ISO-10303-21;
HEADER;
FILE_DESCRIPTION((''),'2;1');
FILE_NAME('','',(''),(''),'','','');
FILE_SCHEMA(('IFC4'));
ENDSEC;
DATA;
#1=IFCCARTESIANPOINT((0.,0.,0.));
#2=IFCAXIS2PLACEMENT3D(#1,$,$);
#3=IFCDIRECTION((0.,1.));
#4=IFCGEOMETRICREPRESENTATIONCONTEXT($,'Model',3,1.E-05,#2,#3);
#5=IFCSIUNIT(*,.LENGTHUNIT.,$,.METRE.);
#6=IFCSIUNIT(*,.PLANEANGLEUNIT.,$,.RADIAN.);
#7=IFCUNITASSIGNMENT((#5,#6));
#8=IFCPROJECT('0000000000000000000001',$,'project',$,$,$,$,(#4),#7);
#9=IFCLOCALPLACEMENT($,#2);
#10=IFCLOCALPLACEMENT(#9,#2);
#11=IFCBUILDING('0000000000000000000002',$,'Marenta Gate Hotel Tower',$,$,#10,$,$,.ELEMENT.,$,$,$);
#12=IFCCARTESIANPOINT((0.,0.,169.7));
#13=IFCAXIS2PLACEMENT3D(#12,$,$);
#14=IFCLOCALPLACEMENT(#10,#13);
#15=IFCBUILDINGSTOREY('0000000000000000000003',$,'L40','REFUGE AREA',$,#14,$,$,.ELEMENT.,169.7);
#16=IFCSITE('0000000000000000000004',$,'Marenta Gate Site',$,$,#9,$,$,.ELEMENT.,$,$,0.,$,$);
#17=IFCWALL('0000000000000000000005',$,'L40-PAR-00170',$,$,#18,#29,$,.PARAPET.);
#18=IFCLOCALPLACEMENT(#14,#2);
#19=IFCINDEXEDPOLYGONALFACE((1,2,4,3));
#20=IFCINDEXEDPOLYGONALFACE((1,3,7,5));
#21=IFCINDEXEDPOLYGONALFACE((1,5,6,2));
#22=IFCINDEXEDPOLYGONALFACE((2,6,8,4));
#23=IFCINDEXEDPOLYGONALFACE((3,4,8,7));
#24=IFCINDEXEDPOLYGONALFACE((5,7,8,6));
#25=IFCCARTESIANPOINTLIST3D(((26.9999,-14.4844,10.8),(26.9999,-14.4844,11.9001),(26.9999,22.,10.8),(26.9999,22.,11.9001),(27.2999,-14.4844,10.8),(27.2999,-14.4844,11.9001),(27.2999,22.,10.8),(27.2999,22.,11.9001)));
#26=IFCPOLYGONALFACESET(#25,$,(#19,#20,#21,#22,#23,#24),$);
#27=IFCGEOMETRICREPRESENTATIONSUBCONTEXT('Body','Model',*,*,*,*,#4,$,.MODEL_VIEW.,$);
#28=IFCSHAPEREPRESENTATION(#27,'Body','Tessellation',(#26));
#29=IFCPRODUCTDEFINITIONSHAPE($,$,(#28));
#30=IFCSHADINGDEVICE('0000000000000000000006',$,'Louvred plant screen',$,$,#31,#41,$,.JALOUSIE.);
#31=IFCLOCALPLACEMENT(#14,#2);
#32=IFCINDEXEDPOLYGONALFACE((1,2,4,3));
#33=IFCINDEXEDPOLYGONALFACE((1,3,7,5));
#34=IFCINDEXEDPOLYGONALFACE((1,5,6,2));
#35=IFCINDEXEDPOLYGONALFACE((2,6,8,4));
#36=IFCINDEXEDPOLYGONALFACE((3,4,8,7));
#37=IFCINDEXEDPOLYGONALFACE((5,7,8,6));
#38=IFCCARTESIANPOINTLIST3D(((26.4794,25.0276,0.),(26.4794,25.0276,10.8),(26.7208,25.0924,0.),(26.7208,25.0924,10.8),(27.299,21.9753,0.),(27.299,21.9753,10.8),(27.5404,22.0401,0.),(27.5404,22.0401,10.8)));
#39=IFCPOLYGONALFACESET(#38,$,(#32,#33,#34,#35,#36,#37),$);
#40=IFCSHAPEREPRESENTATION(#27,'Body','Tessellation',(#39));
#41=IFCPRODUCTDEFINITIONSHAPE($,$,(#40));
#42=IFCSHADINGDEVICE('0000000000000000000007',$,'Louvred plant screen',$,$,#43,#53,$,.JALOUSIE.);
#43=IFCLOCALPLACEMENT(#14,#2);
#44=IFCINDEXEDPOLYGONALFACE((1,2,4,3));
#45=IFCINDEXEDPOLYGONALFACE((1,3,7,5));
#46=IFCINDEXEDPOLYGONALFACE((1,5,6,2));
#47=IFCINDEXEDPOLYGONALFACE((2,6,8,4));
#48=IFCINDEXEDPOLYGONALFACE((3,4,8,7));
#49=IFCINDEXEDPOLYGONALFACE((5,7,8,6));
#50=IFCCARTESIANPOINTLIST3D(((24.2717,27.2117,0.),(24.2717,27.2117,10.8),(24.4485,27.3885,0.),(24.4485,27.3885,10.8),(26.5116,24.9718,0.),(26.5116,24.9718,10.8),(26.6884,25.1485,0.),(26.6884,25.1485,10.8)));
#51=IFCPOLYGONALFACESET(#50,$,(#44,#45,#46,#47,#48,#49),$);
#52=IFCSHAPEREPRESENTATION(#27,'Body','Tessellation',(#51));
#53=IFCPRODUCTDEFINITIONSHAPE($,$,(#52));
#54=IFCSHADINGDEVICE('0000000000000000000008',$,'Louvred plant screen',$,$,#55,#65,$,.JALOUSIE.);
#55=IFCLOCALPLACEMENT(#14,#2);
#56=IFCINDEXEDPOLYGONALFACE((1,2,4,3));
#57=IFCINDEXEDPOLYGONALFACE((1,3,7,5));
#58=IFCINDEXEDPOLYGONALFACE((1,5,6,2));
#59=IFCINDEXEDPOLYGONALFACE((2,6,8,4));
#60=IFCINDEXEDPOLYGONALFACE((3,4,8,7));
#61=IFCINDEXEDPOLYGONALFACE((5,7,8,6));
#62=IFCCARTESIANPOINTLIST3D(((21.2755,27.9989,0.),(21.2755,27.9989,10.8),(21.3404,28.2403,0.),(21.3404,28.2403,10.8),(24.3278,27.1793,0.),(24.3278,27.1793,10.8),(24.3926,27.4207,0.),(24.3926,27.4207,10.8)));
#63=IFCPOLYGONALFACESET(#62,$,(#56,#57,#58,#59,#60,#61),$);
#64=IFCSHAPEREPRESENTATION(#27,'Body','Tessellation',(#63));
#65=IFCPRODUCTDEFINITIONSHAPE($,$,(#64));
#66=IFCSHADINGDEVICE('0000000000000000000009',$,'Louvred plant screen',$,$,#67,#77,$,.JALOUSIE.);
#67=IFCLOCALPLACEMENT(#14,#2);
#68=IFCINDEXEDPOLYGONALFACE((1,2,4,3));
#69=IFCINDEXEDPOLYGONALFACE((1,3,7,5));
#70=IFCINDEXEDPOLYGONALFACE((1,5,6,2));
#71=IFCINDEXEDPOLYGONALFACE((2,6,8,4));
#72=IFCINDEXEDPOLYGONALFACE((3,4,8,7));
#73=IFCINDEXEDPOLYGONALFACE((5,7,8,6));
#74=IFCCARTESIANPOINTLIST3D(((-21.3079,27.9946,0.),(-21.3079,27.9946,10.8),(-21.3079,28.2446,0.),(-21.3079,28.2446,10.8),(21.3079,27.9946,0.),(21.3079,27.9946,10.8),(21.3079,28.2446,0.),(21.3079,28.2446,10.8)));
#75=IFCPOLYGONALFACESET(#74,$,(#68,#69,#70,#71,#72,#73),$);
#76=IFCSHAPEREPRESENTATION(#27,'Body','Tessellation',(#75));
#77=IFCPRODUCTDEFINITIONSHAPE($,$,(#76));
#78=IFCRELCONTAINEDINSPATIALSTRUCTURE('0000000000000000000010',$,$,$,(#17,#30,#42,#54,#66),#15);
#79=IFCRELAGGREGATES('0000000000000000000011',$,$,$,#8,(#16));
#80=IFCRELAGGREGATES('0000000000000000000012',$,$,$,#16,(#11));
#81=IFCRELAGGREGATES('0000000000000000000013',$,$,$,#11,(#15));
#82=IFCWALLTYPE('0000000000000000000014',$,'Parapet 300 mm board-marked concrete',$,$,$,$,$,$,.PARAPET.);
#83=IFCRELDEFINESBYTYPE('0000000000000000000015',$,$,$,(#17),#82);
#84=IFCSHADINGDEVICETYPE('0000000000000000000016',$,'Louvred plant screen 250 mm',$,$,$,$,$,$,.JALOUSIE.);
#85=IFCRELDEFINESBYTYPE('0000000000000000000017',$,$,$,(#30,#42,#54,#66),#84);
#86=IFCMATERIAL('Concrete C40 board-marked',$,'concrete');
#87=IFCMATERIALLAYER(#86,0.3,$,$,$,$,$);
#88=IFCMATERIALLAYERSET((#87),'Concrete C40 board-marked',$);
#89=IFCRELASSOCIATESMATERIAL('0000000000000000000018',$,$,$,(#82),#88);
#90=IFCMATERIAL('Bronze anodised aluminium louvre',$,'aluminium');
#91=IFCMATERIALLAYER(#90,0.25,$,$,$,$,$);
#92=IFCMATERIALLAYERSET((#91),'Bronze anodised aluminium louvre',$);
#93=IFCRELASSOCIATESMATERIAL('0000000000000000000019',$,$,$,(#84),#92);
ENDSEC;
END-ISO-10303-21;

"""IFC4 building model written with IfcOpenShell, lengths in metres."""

from ifc_helpers import new_model, si_unit, direction, frame, frame_2d, origin, place, context, subcontext, project, spatial, rectangle, extrude, material, layer, layer_set, type_object, element, save


model = new_model("IFC4")

# Units and contexts
model_context = context("Model", 3, precision=1e-05, world=origin(), true_north=direction((0.0, 1.0)))
body_context = subcontext(model_context, "Body", "Model", "MODEL_VIEW")
ifc_project = project(units=[si_unit("LENGTHUNIT", "METRE"), si_unit("PLANEANGLEUNIT", "RADIAN")], contexts=[model_context])

# Site, building, storey
site_placement = place(None, origin())
site = spatial("IfcSite", under=ifc_project, at=site_placement, Name="Marenta Gate Site", CompositionType="ELEMENT", RefElevation=0.0)
building_placement = place(site_placement, origin())
building = spatial("IfcBuilding", under=site, at=building_placement, Name="Marenta Gate Hotel Tower", CompositionType="ELEMENT")
storey_placement = place(building_placement, frame((0.0, 0.0, 169.7)))
storey = spatial("IfcBuildingStorey", under=building, at=storey_placement, Name="L40", Description="REFUGE AREA", CompositionType="ELEMENT", Elevation=169.7)

# Wall
ifc_material_1 = material(Name="Concrete C40 board-marked", Category="concrete")
ifc_layer_1 = layer(ifc_material_1, 0.3)
ifc_layer_set_1 = layer_set([ifc_layer_1], Name="Concrete C40 board-marked")
wall_type = type_object("IfcWallType", Name="Parapet 300 mm board-marked concrete", PredefinedType="PARAPET", material=ifc_layer_set_1)
wall_1_placement = place(storey_placement, frame((27.1499, 22.0, 10.8), z_axis=(0.0, 0.0, 1.0), x_axis=(0.0, -1.0, 0.0)))
element("IfcWall", 1, at=wall_1_placement, inside=storey, type_object=wall_type, Name="L40-PAR-00170", PredefinedType="PARAPET", context=body_context, shape_type="SweptSolid", body=[
    extrude(rectangle(XDim=36.4844, YDim=0.3, at=frame_2d((18.2422, 0.0))), origin(), (0.0, 0.0, 1.0), 1.1001),
])

# Shading devices
ifc_material_2 = material(Name="Bronze anodised aluminium louvre", Category="aluminium")
ifc_layer_2 = layer(ifc_material_2, 0.25)
ifc_layer_set_2 = layer_set([ifc_layer_2], Name="Bronze anodised aluminium louvre")
shading_device_type = type_object("IfcShadingDeviceType", Name="Louvred plant screen 250 mm", PredefinedType="JALOUSIE", material=ifc_layer_set_2)
shading_device_1_placement = place(storey_placement, frame((27.4197, 22.0078, 0.0), z_axis=(0.0, 0.0, 1.0), x_axis=(-0.259331, 0.965789, 0.0)))
element("IfcShadingDevice", 2, at=shading_device_1_placement, inside=storey, type_object=shading_device_type, Name="Louvred plant screen", PredefinedType="JALOUSIE", context=body_context, shape_type="SweptSolid", body=[
    extrude(rectangle(XDim=3.1604, YDim=0.25, at=frame_2d((1.5801, 0.0))), origin(), (0.0, 0.0, 1.0), 10.8),
])
shading_device_2_placement = place(storey_placement, frame((26.6001, 25.0601, 0.0), z_axis=(0.0, 0.0, 1.0), x_axis=(-0.707107, 0.707107, 0.0)))
element("IfcShadingDevice", 3, at=shading_device_2_placement, inside=storey, type_object=shading_device_type, Name="Louvred plant screen", PredefinedType="JALOUSIE", context=body_context, shape_type="SweptSolid", body=[
    extrude(rectangle(XDim=3.1677, YDim=0.25, at=frame_2d((1.584, 0.0))), origin(), (0.0, 0.0, 1.0), 10.8),
])
shading_device_3_placement = place(storey_placement, frame((24.3601, 27.3, 0.0), z_axis=(0.0, 0.0, 1.0), x_axis=(-0.965789, 0.259331, 0.0)))
element("IfcShadingDevice", 4, at=shading_device_3_placement, inside=storey, type_object=shading_device_type, Name="Louvred plant screen", PredefinedType="JALOUSIE", context=body_context, shape_type="SweptSolid", body=[
    extrude(rectangle(XDim=3.1604, YDim=0.25, at=frame_2d((1.5801, 0.0))), origin(), (0.0, 0.0, 1.0), 10.8),
])
shading_device_4_placement = place(storey_placement, frame((21.3079, 28.1196, 0.0), z_axis=(0.0, 0.0, 1.0), x_axis=(-1.0, 0.0, 0.0)))
element("IfcShadingDevice", 5, at=shading_device_4_placement, inside=storey, type_object=shading_device_type, Name="Louvred plant screen", PredefinedType="JALOUSIE", context=body_context, shape_type="SweptSolid", body=[
    extrude(rectangle(XDim=42.6157, YDim=0.25, at=frame_2d((21.3079, 0.0))), origin(), (0.0, 0.0, 1.0), 10.8),
])

save(model, "model.ifc")
